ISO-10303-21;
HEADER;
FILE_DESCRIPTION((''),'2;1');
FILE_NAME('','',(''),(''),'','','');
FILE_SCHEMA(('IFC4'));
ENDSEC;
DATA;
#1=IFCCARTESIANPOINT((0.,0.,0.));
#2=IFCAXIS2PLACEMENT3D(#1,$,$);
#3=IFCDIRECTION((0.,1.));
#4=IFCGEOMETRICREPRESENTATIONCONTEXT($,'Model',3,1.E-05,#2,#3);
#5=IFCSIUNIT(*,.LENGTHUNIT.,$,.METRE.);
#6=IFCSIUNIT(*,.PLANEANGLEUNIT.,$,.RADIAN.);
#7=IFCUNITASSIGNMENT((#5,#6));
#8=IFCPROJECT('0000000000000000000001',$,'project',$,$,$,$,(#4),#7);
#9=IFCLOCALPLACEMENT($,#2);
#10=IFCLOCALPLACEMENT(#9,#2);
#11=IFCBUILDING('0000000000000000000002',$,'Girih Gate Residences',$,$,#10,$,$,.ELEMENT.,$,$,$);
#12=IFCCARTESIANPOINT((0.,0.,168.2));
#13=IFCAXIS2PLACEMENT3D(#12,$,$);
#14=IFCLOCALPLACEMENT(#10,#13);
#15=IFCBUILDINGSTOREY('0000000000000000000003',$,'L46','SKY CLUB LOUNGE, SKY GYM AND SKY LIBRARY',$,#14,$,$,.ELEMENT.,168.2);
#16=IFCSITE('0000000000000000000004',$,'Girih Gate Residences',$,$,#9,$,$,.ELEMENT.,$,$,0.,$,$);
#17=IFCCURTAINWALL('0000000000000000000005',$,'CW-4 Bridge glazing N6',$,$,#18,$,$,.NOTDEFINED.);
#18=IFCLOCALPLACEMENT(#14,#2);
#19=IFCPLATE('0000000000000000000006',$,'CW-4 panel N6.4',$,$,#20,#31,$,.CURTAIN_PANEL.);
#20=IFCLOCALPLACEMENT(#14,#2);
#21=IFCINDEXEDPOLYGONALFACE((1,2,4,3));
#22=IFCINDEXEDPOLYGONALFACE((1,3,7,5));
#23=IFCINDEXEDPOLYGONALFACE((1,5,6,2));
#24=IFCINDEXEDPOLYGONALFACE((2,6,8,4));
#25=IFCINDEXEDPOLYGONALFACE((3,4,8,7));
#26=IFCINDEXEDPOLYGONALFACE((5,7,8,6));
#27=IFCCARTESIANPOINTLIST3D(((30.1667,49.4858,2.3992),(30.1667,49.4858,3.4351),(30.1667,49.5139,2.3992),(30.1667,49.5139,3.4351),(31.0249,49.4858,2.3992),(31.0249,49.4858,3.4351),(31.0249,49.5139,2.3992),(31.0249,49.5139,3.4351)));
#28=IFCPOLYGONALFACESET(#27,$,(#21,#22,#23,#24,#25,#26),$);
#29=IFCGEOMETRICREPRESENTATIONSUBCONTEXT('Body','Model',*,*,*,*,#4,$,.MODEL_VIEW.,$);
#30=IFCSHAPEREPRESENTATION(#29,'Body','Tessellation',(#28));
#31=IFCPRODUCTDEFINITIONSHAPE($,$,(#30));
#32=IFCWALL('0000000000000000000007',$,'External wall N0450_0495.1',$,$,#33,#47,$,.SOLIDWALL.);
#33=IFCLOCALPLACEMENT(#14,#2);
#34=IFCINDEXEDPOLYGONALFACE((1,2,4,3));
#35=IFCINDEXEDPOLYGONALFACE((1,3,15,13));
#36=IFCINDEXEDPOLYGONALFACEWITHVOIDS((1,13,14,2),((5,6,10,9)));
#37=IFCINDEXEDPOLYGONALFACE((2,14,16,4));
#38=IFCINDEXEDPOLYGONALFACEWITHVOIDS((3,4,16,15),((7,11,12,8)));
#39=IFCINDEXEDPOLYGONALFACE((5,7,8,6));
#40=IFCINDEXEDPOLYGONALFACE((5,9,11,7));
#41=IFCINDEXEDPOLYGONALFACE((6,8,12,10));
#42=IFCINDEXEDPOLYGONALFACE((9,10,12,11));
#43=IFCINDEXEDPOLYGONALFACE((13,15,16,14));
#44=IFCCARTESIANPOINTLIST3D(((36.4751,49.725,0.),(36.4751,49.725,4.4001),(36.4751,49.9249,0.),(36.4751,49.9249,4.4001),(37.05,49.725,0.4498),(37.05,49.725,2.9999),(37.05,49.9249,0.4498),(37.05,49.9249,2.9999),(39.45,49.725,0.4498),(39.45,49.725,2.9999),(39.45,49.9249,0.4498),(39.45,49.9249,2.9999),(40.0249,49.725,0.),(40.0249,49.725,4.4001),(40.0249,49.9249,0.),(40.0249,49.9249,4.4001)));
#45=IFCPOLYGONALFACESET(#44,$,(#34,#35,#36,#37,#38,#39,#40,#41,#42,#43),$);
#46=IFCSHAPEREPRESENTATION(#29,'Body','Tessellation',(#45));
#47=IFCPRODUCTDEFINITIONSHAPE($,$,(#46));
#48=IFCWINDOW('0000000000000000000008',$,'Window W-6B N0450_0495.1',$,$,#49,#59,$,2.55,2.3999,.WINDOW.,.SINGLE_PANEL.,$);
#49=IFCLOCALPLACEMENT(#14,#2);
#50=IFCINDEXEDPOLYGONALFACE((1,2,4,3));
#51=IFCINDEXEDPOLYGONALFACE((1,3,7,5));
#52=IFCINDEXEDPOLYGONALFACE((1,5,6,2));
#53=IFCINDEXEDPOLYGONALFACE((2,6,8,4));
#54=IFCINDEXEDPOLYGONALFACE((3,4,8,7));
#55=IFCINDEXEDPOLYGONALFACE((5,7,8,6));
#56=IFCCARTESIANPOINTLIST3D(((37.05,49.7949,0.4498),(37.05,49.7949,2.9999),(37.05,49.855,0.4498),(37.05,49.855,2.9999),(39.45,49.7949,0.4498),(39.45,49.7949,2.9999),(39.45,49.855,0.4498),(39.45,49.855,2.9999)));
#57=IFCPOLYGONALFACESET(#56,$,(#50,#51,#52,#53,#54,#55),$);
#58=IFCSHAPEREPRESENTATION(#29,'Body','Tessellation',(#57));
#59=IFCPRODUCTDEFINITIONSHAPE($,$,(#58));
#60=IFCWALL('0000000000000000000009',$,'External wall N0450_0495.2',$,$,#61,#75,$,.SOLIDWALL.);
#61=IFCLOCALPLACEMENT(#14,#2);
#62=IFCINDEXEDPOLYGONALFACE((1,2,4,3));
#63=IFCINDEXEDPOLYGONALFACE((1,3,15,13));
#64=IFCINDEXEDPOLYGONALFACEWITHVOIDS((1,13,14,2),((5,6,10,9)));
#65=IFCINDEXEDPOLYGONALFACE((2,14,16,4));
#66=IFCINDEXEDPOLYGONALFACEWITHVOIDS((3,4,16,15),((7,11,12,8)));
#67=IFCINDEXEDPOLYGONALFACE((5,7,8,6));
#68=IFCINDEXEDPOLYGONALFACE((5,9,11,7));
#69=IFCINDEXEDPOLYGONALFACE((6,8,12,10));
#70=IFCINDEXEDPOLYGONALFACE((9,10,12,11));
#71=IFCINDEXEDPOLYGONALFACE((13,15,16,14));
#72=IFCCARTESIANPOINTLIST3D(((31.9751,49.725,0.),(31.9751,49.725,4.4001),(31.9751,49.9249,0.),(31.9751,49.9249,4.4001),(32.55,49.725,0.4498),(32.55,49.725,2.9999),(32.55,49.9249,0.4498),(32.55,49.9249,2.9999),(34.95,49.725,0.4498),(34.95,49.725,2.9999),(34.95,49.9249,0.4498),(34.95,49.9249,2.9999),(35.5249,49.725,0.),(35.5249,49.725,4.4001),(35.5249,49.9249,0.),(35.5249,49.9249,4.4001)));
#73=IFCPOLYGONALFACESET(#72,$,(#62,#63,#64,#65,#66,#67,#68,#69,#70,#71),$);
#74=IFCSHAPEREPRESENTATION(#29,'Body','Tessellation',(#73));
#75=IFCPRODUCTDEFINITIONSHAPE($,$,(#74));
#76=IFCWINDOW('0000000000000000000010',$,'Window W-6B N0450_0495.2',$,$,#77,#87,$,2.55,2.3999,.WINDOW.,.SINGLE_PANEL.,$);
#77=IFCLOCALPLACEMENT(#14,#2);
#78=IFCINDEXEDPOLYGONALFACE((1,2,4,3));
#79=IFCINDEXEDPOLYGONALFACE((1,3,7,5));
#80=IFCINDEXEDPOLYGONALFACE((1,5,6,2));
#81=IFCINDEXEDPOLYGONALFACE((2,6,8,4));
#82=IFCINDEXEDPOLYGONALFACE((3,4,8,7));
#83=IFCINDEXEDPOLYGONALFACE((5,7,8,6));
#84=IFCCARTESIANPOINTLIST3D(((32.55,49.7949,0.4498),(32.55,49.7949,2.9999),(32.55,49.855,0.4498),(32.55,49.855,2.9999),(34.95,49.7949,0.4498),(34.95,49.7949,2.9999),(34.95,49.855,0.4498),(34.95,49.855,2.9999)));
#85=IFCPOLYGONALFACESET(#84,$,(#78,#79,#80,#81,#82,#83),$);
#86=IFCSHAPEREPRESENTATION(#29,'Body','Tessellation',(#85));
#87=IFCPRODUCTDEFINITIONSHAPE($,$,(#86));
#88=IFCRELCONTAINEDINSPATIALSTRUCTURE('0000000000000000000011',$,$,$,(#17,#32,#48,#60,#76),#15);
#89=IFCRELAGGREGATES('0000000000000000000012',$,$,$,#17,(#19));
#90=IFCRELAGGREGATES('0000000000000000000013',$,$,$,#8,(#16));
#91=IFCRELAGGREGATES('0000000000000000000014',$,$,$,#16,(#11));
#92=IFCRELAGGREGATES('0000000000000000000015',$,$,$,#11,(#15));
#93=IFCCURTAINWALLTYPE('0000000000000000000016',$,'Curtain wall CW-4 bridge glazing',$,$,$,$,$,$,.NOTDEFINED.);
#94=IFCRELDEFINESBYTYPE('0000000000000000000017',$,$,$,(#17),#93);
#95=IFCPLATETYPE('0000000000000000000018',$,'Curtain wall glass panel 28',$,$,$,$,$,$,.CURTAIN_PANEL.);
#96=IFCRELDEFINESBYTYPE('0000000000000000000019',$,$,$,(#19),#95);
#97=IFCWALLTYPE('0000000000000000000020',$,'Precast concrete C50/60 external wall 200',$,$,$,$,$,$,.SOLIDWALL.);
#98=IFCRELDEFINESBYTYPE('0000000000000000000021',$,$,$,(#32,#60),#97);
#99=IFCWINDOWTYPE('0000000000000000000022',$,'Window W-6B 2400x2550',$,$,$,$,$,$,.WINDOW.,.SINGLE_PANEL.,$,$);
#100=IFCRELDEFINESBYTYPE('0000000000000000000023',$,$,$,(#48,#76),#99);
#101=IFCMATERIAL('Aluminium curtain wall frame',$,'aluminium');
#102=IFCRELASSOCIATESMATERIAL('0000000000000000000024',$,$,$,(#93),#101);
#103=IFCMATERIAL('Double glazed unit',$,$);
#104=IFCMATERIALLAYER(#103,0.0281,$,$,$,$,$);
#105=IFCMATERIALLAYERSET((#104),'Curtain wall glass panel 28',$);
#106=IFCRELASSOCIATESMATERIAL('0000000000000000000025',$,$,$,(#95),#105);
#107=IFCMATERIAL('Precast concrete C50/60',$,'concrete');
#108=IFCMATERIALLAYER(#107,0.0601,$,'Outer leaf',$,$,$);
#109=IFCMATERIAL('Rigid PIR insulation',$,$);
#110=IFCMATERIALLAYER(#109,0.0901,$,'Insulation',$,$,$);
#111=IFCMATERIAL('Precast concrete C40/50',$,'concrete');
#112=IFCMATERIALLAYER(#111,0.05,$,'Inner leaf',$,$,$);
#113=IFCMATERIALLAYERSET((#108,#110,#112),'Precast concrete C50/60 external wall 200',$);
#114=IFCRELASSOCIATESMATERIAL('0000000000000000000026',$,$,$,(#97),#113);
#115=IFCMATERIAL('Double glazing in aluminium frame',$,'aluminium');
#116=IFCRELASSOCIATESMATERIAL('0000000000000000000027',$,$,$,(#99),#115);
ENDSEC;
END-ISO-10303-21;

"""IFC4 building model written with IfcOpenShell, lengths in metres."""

from ifc_helpers import new_model, si_unit, direction, frame, frame_2d, origin, place, context, subcontext, project, spatial, polyline, rectangle, outline, extrude, material, layer, layer_set, type_object, element, fill, aggregate, save


model = new_model("IFC4")

# Units and contexts
model_context = context("Model", 3, precision=1e-05, world=origin(), true_north=direction((0.0, 1.0)))
body_context = subcontext(model_context, "Body", "Model", "MODEL_VIEW")
ifc_project = project(units=[si_unit("LENGTHUNIT", "METRE"), si_unit("PLANEANGLEUNIT", "RADIAN")], contexts=[model_context])

# Site, building, storey
site_placement = place(None, origin())
site = spatial("IfcSite", under=ifc_project, at=site_placement, Name="Girih Gate Residences", CompositionType="ELEMENT", RefElevation=0.0)
building_placement = place(site_placement, origin())
building = spatial("IfcBuilding", under=site, at=building_placement, Name="Girih Gate Residences", CompositionType="ELEMENT")
storey_placement = place(building_placement, frame((0.0, 0.0, 168.2)))
storey = spatial("IfcBuildingStorey", under=building, at=storey_placement, Name="L46", Description="SKY CLUB LOUNGE, SKY GYM AND SKY LIBRARY", CompositionType="ELEMENT", Elevation=168.2)

# Curtain wall
ifc_material_1 = material(Name="Aluminium curtain wall frame", Category="aluminium")
curtain_wall_type = type_object("IfcCurtainWallType", Name="Curtain wall CW-4 bridge glazing", PredefinedType="NOTDEFINED", material=ifc_material_1)
curtain_wall_1_placement = place(storey_placement, origin())
curtain_wall_1 = element("IfcCurtainWall", 1, at=curtain_wall_1_placement, inside=storey, type_object=curtain_wall_type, Name="CW-4 Bridge glazing N6", PredefinedType="NOTDEFINED")

# Shared definitions
ifc_material_2 = material(Name="Double glazed unit")
ifc_layer_1 = layer(ifc_material_2, 0.0281)
ifc_layer_set_1 = layer_set([ifc_layer_1], Name="Curtain wall glass panel 28")
plate_type = type_object("IfcPlateType", Name="Curtain wall glass panel 28", PredefinedType="CURTAIN_PANEL", material=ifc_layer_set_1)

# Plate
plate_1_placement = place(storey_placement, frame((31.0249, 49.5139, 3.4351), z_axis=(0.0, 1.0, 0.0), x_axis=(0.0, 0.0, -1.0)))
plate_1 = element("IfcPlate", 2, at=plate_1_placement, type_object=plate_type, Name="CW-4 panel N6.4", PredefinedType="CURTAIN_PANEL", context=body_context, shape_type="SweptSolid", body=[
    extrude(outline(polyline([(0.0, 0.0), (1.0359, 0.0), (1.0359, 0.8582), (0.0, 0.8582), (0.0, 0.0)])), origin(), (0.0, 0.0, -1.0), 0.0281),
])
aggregate(curtain_wall_1, [plate_1])

# Walls, openings, windows
ifc_material_3 = material(Name="Precast concrete C50/60", Category="concrete")
ifc_layer_2 = layer(ifc_material_3, 0.0601, Name="Outer leaf")
ifc_material_4 = material(Name="Rigid PIR insulation")
ifc_layer_3 = layer(ifc_material_4, 0.0901, Name="Insulation")
ifc_material_5 = material(Name="Precast concrete C40/50", Category="concrete")
ifc_layer_4 = layer(ifc_material_5, 0.05, Name="Inner leaf")
ifc_layer_set_2 = layer_set([ifc_layer_2, ifc_layer_3, ifc_layer_4], Name="Precast concrete C50/60 external wall 200")
wall_type = type_object("IfcWallType", Name="Precast concrete C50/60 external wall 200", PredefinedType="SOLIDWALL", material=ifc_layer_set_2)
wall_1_placement = place(storey_placement, frame((36.4751, 49.825, 0.0), z_axis=(0.0, 0.0, 1.0), x_axis=(1.0, 0.0, 0.0)))
wall_1 = element("IfcWall", 3, at=wall_1_placement, inside=storey, type_object=wall_type, Name="External wall N0450_0495.1", PredefinedType="SOLIDWALL", context=body_context, shape_type="SweptSolid", body=[
    extrude(rectangle(XDim=3.5498, YDim=0.2, at=frame_2d((1.7749, 0.0))), origin(), (0.0, 0.0, 1.0), 4.4001),
])
opening_1_placement = place(wall_1_placement, frame((0.575, 0.0, 0.45)))
opening_1 = element("IfcOpeningElement", 4, at=opening_1_placement, cuts=wall_1, PredefinedType="OPENING", context=body_context, shape_type="SweptSolid", body=[
    extrude(rectangle(XDim=2.3999, YDim=2.55, at=frame_2d((1.2, 1.2749))), frame((0.0, 0.1099, 0.0), z_axis=(0.0, -1.0, 0.0), x_axis=(1.0, 0.0, 0.0)), (0.0, 0.0, 1.0), 0.22),
])
ifc_material_6 = material(Name="Double glazing in aluminium frame", Category="aluminium")
window_type = type_object("IfcWindowType", Name="Window W-6B 2400x2550", PartitioningType="SINGLE_PANEL", PredefinedType="WINDOW", material=ifc_material_6)
window_1_placement = place(opening_1_placement, origin())
window_1 = element("IfcWindow", 5, at=window_1_placement, inside=storey, type_object=window_type, Name="Window W-6B N0450_0495.1", OverallHeight=2.55, OverallWidth=2.3999, PartitioningType="SINGLE_PANEL", PredefinedType="WINDOW", context=body_context, shape_type="SweptSolid", body=[
    extrude(rectangle(XDim=2.3999, YDim=2.55, at=frame_2d((1.2, 1.2749))), frame((0.0, 0.03, 0.0), z_axis=(0.0, -1.0, 0.0), x_axis=(1.0, 0.0, 0.0)), (0.0, 0.0, 1.0), 0.0601),
])
fill(opening_1, window_1)
wall_2_placement = place(storey_placement, frame((31.9751, 49.825, 0.0), z_axis=(0.0, 0.0, 1.0), x_axis=(1.0, 0.0, 0.0)))
wall_2 = element("IfcWall", 6, at=wall_2_placement, inside=storey, type_object=wall_type, Name="External wall N0450_0495.2", PredefinedType="SOLIDWALL", context=body_context, shape_type="SweptSolid", body=[
    extrude(rectangle(XDim=3.5498, YDim=0.2, at=frame_2d((1.7749, 0.0))), origin(), (0.0, 0.0, 1.0), 4.4001),
])
opening_2_placement = place(wall_2_placement, frame((0.575, 0.0, 0.45)))
opening_2 = element("IfcOpeningElement", 7, at=opening_2_placement, cuts=wall_2, PredefinedType="OPENING", context=body_context, shape_type="SweptSolid", body=[
    extrude(rectangle(XDim=2.3999, YDim=2.55, at=frame_2d((1.2, 1.2749))), frame((0.0, 0.1099, 0.0), z_axis=(0.0, -1.0, 0.0), x_axis=(1.0, 0.0, 0.0)), (0.0, 0.0, 1.0), 0.22),
])
window_2_placement = place(opening_2_placement, origin())
window_2 = element("IfcWindow", 8, at=window_2_placement, inside=storey, type_object=window_type, Name="Window W-6B N0450_0495.2", OverallHeight=2.55, OverallWidth=2.3999, PartitioningType="SINGLE_PANEL", PredefinedType="WINDOW", context=body_context, shape_type="SweptSolid", body=[
    extrude(rectangle(XDim=2.3999, YDim=2.55, at=frame_2d((1.2, 1.2749))), frame((0.0, 0.03, 0.0), z_axis=(0.0, -1.0, 0.0), x_axis=(1.0, 0.0, 0.0)), (0.0, 0.0, 1.0), 0.0601),
])
fill(opening_2, window_2)

save(model, "model.ifc")
